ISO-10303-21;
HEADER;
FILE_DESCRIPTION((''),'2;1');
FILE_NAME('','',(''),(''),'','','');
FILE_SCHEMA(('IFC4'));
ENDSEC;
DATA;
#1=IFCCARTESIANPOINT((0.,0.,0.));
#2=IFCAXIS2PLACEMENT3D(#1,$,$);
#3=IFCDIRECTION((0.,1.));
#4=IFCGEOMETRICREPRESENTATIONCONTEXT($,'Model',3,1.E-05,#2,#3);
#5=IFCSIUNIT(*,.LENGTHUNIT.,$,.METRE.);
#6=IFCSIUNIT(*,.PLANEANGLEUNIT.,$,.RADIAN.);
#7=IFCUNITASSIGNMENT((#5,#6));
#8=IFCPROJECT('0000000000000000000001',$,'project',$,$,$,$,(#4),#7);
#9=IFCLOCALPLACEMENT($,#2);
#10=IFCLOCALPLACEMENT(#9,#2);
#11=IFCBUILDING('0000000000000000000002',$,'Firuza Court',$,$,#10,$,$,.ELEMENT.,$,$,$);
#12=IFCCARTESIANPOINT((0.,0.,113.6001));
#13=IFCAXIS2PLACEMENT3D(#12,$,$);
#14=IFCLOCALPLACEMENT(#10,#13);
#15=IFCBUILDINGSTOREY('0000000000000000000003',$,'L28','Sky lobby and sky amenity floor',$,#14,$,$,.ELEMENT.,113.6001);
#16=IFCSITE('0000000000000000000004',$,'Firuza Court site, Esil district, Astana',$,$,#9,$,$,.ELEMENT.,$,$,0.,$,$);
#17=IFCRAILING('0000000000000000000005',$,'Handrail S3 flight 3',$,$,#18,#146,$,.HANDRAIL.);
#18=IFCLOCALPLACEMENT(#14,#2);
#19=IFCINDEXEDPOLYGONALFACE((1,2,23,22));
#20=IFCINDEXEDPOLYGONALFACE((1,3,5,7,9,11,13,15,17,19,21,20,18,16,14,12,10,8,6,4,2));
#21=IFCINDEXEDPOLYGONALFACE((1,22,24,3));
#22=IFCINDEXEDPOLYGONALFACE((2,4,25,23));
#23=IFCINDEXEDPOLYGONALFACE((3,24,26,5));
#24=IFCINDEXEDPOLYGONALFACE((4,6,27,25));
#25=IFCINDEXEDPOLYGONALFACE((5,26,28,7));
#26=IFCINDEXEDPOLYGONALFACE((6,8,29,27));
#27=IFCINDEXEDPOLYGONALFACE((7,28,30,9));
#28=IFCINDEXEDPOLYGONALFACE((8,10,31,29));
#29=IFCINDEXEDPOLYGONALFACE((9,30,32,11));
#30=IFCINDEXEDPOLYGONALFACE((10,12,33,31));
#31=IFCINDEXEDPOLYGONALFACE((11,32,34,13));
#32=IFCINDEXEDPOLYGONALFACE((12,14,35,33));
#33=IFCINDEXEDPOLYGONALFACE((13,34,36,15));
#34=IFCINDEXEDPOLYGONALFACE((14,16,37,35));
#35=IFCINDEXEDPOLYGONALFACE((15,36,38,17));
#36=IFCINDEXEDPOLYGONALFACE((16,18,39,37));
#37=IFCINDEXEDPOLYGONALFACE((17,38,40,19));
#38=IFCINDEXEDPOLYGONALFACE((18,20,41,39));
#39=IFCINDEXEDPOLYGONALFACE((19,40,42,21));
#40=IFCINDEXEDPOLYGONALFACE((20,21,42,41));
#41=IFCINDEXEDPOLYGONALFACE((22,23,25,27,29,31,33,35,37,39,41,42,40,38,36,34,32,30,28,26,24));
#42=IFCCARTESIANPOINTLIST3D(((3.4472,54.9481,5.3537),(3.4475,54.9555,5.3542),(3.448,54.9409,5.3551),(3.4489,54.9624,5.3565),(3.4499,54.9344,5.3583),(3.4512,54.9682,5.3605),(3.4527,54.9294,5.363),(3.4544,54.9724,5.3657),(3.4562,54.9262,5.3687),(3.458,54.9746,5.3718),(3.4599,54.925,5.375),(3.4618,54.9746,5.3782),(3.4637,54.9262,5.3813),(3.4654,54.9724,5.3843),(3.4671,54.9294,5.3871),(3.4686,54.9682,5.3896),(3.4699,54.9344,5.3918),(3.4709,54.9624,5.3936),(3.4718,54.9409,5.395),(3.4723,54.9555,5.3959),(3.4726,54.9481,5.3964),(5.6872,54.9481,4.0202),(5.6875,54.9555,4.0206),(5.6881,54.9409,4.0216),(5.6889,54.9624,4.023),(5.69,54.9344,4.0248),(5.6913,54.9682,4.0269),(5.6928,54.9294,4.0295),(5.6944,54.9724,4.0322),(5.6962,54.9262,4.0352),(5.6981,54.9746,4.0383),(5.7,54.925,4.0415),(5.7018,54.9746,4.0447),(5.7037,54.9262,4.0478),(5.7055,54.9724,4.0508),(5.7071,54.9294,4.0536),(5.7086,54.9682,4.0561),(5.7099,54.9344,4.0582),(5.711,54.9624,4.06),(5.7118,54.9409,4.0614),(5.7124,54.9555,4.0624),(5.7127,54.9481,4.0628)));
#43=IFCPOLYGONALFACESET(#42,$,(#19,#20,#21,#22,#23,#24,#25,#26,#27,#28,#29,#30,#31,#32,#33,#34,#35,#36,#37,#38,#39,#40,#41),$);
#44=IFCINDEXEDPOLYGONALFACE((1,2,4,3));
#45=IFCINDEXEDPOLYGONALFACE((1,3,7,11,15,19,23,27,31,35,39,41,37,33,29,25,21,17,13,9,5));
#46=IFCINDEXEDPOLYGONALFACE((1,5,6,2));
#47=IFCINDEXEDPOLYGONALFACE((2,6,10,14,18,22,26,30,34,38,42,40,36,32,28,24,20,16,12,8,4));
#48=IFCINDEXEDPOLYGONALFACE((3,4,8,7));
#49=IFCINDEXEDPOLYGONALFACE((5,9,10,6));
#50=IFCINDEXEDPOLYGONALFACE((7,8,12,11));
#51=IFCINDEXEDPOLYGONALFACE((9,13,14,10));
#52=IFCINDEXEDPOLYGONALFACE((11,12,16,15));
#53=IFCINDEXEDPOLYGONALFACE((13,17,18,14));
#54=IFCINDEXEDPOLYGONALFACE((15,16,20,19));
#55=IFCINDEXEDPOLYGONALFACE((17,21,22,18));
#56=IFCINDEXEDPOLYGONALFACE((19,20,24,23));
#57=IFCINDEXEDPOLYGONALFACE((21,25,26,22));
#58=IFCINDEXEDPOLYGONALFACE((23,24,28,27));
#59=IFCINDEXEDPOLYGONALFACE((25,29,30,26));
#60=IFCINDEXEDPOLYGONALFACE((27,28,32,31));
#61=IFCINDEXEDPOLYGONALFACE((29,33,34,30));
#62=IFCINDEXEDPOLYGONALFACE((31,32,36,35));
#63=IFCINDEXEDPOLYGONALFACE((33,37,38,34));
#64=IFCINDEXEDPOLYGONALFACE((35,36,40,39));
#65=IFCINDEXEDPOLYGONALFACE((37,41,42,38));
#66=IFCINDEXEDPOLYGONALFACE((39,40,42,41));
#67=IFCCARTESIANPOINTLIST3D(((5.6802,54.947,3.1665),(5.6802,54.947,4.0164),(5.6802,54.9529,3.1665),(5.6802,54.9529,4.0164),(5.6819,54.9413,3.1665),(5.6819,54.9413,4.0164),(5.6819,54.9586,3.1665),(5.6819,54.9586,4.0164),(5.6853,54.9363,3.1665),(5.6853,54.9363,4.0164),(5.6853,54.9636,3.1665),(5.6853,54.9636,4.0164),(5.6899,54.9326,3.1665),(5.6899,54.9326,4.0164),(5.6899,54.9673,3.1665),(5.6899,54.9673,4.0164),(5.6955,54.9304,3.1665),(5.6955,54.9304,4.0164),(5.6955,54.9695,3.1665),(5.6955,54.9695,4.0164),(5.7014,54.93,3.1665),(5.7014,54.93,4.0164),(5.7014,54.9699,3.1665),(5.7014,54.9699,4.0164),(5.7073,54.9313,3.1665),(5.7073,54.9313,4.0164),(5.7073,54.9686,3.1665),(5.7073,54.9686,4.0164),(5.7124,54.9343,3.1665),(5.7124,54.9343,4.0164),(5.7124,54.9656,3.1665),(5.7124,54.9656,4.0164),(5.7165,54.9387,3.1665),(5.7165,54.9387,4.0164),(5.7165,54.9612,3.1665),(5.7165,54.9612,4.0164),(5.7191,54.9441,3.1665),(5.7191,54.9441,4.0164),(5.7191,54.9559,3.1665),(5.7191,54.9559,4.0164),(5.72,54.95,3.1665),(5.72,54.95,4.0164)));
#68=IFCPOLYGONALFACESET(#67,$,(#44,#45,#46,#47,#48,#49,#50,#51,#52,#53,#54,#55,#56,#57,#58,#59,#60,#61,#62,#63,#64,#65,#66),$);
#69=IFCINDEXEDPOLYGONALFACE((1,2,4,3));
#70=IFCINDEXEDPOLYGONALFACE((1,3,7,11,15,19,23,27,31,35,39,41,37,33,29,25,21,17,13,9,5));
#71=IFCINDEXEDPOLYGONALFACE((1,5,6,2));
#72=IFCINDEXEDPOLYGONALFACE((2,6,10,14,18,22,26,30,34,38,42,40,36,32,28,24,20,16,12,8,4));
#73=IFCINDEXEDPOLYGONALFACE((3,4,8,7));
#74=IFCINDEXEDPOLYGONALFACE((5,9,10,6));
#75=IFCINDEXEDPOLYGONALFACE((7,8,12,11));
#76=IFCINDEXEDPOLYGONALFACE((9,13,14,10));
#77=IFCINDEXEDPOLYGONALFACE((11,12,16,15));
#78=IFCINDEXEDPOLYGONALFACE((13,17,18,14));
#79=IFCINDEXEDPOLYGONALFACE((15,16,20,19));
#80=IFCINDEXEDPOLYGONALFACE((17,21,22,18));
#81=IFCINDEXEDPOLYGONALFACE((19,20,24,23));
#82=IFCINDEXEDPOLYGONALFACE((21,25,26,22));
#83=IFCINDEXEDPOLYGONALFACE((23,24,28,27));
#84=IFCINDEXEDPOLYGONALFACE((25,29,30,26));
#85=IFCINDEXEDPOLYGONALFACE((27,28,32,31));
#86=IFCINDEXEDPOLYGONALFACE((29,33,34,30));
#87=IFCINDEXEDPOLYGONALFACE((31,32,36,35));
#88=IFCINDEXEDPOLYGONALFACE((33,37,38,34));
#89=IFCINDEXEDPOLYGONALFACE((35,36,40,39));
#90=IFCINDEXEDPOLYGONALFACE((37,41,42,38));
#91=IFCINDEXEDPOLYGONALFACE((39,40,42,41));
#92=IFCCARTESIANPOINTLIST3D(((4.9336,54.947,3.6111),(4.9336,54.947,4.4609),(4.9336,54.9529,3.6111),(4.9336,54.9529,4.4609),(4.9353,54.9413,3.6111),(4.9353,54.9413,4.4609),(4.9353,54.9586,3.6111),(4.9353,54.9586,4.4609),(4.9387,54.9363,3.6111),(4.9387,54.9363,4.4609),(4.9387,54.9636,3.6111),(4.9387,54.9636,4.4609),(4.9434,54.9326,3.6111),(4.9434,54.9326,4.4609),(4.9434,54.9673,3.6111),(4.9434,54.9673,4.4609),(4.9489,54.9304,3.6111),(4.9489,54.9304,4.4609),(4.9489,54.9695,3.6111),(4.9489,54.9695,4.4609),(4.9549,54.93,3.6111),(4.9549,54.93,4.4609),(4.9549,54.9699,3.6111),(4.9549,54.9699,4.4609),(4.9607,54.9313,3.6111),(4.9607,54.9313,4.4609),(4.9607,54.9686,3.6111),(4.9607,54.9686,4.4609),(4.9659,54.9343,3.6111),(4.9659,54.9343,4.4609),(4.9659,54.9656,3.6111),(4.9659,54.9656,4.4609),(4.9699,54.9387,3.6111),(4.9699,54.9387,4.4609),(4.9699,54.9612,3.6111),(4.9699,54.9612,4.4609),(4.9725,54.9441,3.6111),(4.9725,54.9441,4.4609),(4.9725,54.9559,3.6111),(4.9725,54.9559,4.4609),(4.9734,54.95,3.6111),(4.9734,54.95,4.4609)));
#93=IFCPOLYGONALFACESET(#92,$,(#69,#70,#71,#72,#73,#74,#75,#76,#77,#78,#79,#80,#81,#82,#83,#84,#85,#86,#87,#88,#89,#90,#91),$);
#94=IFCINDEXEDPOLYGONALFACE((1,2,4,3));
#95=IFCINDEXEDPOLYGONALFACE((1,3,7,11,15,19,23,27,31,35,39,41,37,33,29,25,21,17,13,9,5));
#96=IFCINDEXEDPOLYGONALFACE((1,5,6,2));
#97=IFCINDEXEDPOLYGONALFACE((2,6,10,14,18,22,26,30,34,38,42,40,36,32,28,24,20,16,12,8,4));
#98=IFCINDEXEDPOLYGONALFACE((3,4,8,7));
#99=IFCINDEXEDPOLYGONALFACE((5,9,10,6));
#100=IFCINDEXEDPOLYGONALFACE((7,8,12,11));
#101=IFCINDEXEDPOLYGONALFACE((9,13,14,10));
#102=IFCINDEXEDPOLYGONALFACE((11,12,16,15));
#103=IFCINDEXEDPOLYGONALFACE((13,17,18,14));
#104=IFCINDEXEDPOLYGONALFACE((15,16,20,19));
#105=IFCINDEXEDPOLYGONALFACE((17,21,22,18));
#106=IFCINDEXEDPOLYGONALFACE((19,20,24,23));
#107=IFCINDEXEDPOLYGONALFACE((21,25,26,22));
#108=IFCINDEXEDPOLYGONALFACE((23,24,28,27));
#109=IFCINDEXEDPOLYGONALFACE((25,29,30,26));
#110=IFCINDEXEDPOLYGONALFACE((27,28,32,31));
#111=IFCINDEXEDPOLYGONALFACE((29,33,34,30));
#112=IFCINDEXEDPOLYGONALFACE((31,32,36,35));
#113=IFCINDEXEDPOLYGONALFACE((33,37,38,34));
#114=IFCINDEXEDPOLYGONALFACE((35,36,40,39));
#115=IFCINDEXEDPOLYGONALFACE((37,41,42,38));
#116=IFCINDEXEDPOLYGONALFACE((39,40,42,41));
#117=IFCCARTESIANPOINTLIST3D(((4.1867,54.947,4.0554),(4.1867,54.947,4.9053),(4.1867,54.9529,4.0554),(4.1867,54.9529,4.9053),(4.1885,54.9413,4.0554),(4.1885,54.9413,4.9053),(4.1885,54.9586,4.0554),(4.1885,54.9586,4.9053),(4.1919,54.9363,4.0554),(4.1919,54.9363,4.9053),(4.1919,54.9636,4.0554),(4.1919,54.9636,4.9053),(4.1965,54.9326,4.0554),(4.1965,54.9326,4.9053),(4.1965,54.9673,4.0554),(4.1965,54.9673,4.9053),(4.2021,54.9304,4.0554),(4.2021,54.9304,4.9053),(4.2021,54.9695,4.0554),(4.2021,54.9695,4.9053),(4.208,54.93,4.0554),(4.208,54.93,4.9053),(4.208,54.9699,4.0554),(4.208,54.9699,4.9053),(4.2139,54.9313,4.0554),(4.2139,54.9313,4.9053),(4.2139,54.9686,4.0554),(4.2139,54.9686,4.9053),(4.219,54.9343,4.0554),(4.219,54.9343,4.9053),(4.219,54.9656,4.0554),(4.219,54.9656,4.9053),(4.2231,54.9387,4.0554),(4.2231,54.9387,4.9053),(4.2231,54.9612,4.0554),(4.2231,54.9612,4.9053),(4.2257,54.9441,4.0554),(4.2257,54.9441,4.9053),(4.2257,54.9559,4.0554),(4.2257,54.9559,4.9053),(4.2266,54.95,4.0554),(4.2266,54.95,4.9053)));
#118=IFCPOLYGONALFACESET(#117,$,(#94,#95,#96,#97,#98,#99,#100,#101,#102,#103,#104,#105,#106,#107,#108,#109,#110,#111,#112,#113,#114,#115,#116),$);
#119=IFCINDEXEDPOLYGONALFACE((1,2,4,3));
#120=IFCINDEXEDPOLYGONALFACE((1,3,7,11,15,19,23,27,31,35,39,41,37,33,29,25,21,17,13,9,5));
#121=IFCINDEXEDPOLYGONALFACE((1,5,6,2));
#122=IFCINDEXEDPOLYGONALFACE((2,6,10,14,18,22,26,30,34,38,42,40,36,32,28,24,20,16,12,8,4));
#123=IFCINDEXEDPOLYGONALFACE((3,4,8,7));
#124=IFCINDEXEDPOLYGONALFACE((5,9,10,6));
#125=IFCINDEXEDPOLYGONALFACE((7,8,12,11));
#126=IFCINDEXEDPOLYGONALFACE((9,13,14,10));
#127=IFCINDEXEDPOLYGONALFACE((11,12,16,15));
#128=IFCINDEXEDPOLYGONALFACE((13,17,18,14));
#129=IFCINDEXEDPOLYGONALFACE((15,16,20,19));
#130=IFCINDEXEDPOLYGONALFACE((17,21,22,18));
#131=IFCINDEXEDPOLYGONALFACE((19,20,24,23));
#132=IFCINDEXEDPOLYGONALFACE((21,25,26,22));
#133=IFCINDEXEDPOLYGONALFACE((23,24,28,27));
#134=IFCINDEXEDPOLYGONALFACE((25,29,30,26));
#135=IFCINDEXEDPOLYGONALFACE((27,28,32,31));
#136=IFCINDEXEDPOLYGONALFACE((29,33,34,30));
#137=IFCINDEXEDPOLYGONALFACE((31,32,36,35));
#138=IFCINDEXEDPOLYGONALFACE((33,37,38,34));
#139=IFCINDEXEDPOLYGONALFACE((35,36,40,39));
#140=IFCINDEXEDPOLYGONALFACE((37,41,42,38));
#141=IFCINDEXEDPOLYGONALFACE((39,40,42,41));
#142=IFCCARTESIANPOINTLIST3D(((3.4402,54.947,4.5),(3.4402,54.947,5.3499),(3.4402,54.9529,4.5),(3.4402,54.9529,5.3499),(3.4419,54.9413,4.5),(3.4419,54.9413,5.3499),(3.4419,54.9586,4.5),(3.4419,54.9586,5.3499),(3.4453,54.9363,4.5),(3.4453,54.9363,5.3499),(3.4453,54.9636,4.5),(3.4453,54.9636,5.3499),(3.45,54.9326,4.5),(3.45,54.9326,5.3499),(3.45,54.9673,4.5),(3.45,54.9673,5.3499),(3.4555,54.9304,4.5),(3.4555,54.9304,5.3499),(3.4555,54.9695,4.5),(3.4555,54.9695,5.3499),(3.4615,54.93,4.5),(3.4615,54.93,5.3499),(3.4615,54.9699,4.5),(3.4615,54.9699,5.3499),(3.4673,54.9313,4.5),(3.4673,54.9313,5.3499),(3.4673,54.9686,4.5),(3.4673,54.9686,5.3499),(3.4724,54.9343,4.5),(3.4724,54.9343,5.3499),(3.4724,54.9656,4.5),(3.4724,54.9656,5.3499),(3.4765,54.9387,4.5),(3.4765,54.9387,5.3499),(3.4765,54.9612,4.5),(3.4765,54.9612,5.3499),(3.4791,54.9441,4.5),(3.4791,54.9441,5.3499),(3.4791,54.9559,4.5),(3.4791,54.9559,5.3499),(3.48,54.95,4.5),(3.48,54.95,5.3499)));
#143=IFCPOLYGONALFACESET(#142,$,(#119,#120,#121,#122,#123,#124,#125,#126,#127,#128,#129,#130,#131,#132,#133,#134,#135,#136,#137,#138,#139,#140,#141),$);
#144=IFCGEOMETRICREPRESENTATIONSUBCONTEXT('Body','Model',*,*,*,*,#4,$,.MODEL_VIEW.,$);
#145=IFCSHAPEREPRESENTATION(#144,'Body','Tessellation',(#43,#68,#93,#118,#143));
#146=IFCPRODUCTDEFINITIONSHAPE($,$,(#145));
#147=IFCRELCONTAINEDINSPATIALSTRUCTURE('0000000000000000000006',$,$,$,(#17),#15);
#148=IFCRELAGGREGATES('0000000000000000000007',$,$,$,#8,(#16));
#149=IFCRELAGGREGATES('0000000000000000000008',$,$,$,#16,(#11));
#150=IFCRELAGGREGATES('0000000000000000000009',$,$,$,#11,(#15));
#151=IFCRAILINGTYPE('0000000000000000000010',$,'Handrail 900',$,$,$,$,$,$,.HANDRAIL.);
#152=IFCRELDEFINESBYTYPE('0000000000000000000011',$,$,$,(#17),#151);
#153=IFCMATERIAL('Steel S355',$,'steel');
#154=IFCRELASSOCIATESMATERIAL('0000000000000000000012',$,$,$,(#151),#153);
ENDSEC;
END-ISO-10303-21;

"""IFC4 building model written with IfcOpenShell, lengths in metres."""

from ifc_helpers import new_model, si_unit, direction, frame, origin, origin_2d, place, context, subcontext, project, spatial, circle, extrude, material, type_object, element, save


model = new_model("IFC4")

# Units and contexts
model_context = context("Model", 3, precision=1e-05, world=origin(), true_north=direction((0.0, 1.0)))
body_context = subcontext(model_context, "Body", "Model", "MODEL_VIEW")
ifc_project = project(units=[si_unit("LENGTHUNIT", "METRE"), si_unit("PLANEANGLEUNIT", "RADIAN")], contexts=[model_context])

# Site, building, storey
site_placement = place(None, origin())
site = spatial("IfcSite", under=ifc_project, at=site_placement, Name="Firuza Court site, Esil district, Astana", CompositionType="ELEMENT", RefElevation=0.0)
building_placement = place(site_placement, origin())
building = spatial("IfcBuilding", under=site, at=building_placement, Name="Firuza Court", CompositionType="ELEMENT")
storey_placement = place(building_placement, frame((0.0, 0.0, 113.6001)))
storey = spatial("IfcBuildingStorey", under=building, at=storey_placement, Name="L28", Description="Sky lobby and sky amenity floor", CompositionType="ELEMENT", Elevation=113.6001)

# Railing
ifc_material_1 = material(Name="Steel S355", Category="steel")
railing_type_1 = type_object("IfcRailingType", Name="Handrail 900", PredefinedType="HANDRAIL", material=ifc_material_1)
for number, where, name in (
    (1, (5.7, 54.95, 3.1665), "Handrail S3 flight 3"),
):
    element("IfcRailing", number, at=place(storey_placement, frame(where)), inside=storey, type_object=railing_type_1, Name=name, PredefinedType="HANDRAIL", context=body_context, shape_type="SweptSolid", body=[
        extrude(circle(Radius=0.0249, at=origin_2d()), frame((0.0, 0.0, 0.875), z_axis=(-0.859264, 0.0, 0.511532), x_axis=(0.0, -1.0, 0.0)), (0.0, 0.0, 1.0), 2.6069),
        extrude(circle(Radius=0.02, at=origin_2d()), origin(), (0.0, 0.0, 1.0), 0.8499),
        extrude(circle(Radius=0.02, at=origin_2d()), frame((-0.7466, 0.0, 0.4446)), (0.0, 0.0, 1.0), 0.8499),
        extrude(circle(Radius=0.02, at=origin_2d()), frame((-1.4934, 0.0, 0.8889)), (0.0, 0.0, 1.0), 0.8499),
        extrude(circle(Radius=0.02, at=origin_2d()), frame((-2.24, 0.0, 1.3335)), (0.0, 0.0, 1.0), 0.8499),
    ])

save(model, "model.ifc")
